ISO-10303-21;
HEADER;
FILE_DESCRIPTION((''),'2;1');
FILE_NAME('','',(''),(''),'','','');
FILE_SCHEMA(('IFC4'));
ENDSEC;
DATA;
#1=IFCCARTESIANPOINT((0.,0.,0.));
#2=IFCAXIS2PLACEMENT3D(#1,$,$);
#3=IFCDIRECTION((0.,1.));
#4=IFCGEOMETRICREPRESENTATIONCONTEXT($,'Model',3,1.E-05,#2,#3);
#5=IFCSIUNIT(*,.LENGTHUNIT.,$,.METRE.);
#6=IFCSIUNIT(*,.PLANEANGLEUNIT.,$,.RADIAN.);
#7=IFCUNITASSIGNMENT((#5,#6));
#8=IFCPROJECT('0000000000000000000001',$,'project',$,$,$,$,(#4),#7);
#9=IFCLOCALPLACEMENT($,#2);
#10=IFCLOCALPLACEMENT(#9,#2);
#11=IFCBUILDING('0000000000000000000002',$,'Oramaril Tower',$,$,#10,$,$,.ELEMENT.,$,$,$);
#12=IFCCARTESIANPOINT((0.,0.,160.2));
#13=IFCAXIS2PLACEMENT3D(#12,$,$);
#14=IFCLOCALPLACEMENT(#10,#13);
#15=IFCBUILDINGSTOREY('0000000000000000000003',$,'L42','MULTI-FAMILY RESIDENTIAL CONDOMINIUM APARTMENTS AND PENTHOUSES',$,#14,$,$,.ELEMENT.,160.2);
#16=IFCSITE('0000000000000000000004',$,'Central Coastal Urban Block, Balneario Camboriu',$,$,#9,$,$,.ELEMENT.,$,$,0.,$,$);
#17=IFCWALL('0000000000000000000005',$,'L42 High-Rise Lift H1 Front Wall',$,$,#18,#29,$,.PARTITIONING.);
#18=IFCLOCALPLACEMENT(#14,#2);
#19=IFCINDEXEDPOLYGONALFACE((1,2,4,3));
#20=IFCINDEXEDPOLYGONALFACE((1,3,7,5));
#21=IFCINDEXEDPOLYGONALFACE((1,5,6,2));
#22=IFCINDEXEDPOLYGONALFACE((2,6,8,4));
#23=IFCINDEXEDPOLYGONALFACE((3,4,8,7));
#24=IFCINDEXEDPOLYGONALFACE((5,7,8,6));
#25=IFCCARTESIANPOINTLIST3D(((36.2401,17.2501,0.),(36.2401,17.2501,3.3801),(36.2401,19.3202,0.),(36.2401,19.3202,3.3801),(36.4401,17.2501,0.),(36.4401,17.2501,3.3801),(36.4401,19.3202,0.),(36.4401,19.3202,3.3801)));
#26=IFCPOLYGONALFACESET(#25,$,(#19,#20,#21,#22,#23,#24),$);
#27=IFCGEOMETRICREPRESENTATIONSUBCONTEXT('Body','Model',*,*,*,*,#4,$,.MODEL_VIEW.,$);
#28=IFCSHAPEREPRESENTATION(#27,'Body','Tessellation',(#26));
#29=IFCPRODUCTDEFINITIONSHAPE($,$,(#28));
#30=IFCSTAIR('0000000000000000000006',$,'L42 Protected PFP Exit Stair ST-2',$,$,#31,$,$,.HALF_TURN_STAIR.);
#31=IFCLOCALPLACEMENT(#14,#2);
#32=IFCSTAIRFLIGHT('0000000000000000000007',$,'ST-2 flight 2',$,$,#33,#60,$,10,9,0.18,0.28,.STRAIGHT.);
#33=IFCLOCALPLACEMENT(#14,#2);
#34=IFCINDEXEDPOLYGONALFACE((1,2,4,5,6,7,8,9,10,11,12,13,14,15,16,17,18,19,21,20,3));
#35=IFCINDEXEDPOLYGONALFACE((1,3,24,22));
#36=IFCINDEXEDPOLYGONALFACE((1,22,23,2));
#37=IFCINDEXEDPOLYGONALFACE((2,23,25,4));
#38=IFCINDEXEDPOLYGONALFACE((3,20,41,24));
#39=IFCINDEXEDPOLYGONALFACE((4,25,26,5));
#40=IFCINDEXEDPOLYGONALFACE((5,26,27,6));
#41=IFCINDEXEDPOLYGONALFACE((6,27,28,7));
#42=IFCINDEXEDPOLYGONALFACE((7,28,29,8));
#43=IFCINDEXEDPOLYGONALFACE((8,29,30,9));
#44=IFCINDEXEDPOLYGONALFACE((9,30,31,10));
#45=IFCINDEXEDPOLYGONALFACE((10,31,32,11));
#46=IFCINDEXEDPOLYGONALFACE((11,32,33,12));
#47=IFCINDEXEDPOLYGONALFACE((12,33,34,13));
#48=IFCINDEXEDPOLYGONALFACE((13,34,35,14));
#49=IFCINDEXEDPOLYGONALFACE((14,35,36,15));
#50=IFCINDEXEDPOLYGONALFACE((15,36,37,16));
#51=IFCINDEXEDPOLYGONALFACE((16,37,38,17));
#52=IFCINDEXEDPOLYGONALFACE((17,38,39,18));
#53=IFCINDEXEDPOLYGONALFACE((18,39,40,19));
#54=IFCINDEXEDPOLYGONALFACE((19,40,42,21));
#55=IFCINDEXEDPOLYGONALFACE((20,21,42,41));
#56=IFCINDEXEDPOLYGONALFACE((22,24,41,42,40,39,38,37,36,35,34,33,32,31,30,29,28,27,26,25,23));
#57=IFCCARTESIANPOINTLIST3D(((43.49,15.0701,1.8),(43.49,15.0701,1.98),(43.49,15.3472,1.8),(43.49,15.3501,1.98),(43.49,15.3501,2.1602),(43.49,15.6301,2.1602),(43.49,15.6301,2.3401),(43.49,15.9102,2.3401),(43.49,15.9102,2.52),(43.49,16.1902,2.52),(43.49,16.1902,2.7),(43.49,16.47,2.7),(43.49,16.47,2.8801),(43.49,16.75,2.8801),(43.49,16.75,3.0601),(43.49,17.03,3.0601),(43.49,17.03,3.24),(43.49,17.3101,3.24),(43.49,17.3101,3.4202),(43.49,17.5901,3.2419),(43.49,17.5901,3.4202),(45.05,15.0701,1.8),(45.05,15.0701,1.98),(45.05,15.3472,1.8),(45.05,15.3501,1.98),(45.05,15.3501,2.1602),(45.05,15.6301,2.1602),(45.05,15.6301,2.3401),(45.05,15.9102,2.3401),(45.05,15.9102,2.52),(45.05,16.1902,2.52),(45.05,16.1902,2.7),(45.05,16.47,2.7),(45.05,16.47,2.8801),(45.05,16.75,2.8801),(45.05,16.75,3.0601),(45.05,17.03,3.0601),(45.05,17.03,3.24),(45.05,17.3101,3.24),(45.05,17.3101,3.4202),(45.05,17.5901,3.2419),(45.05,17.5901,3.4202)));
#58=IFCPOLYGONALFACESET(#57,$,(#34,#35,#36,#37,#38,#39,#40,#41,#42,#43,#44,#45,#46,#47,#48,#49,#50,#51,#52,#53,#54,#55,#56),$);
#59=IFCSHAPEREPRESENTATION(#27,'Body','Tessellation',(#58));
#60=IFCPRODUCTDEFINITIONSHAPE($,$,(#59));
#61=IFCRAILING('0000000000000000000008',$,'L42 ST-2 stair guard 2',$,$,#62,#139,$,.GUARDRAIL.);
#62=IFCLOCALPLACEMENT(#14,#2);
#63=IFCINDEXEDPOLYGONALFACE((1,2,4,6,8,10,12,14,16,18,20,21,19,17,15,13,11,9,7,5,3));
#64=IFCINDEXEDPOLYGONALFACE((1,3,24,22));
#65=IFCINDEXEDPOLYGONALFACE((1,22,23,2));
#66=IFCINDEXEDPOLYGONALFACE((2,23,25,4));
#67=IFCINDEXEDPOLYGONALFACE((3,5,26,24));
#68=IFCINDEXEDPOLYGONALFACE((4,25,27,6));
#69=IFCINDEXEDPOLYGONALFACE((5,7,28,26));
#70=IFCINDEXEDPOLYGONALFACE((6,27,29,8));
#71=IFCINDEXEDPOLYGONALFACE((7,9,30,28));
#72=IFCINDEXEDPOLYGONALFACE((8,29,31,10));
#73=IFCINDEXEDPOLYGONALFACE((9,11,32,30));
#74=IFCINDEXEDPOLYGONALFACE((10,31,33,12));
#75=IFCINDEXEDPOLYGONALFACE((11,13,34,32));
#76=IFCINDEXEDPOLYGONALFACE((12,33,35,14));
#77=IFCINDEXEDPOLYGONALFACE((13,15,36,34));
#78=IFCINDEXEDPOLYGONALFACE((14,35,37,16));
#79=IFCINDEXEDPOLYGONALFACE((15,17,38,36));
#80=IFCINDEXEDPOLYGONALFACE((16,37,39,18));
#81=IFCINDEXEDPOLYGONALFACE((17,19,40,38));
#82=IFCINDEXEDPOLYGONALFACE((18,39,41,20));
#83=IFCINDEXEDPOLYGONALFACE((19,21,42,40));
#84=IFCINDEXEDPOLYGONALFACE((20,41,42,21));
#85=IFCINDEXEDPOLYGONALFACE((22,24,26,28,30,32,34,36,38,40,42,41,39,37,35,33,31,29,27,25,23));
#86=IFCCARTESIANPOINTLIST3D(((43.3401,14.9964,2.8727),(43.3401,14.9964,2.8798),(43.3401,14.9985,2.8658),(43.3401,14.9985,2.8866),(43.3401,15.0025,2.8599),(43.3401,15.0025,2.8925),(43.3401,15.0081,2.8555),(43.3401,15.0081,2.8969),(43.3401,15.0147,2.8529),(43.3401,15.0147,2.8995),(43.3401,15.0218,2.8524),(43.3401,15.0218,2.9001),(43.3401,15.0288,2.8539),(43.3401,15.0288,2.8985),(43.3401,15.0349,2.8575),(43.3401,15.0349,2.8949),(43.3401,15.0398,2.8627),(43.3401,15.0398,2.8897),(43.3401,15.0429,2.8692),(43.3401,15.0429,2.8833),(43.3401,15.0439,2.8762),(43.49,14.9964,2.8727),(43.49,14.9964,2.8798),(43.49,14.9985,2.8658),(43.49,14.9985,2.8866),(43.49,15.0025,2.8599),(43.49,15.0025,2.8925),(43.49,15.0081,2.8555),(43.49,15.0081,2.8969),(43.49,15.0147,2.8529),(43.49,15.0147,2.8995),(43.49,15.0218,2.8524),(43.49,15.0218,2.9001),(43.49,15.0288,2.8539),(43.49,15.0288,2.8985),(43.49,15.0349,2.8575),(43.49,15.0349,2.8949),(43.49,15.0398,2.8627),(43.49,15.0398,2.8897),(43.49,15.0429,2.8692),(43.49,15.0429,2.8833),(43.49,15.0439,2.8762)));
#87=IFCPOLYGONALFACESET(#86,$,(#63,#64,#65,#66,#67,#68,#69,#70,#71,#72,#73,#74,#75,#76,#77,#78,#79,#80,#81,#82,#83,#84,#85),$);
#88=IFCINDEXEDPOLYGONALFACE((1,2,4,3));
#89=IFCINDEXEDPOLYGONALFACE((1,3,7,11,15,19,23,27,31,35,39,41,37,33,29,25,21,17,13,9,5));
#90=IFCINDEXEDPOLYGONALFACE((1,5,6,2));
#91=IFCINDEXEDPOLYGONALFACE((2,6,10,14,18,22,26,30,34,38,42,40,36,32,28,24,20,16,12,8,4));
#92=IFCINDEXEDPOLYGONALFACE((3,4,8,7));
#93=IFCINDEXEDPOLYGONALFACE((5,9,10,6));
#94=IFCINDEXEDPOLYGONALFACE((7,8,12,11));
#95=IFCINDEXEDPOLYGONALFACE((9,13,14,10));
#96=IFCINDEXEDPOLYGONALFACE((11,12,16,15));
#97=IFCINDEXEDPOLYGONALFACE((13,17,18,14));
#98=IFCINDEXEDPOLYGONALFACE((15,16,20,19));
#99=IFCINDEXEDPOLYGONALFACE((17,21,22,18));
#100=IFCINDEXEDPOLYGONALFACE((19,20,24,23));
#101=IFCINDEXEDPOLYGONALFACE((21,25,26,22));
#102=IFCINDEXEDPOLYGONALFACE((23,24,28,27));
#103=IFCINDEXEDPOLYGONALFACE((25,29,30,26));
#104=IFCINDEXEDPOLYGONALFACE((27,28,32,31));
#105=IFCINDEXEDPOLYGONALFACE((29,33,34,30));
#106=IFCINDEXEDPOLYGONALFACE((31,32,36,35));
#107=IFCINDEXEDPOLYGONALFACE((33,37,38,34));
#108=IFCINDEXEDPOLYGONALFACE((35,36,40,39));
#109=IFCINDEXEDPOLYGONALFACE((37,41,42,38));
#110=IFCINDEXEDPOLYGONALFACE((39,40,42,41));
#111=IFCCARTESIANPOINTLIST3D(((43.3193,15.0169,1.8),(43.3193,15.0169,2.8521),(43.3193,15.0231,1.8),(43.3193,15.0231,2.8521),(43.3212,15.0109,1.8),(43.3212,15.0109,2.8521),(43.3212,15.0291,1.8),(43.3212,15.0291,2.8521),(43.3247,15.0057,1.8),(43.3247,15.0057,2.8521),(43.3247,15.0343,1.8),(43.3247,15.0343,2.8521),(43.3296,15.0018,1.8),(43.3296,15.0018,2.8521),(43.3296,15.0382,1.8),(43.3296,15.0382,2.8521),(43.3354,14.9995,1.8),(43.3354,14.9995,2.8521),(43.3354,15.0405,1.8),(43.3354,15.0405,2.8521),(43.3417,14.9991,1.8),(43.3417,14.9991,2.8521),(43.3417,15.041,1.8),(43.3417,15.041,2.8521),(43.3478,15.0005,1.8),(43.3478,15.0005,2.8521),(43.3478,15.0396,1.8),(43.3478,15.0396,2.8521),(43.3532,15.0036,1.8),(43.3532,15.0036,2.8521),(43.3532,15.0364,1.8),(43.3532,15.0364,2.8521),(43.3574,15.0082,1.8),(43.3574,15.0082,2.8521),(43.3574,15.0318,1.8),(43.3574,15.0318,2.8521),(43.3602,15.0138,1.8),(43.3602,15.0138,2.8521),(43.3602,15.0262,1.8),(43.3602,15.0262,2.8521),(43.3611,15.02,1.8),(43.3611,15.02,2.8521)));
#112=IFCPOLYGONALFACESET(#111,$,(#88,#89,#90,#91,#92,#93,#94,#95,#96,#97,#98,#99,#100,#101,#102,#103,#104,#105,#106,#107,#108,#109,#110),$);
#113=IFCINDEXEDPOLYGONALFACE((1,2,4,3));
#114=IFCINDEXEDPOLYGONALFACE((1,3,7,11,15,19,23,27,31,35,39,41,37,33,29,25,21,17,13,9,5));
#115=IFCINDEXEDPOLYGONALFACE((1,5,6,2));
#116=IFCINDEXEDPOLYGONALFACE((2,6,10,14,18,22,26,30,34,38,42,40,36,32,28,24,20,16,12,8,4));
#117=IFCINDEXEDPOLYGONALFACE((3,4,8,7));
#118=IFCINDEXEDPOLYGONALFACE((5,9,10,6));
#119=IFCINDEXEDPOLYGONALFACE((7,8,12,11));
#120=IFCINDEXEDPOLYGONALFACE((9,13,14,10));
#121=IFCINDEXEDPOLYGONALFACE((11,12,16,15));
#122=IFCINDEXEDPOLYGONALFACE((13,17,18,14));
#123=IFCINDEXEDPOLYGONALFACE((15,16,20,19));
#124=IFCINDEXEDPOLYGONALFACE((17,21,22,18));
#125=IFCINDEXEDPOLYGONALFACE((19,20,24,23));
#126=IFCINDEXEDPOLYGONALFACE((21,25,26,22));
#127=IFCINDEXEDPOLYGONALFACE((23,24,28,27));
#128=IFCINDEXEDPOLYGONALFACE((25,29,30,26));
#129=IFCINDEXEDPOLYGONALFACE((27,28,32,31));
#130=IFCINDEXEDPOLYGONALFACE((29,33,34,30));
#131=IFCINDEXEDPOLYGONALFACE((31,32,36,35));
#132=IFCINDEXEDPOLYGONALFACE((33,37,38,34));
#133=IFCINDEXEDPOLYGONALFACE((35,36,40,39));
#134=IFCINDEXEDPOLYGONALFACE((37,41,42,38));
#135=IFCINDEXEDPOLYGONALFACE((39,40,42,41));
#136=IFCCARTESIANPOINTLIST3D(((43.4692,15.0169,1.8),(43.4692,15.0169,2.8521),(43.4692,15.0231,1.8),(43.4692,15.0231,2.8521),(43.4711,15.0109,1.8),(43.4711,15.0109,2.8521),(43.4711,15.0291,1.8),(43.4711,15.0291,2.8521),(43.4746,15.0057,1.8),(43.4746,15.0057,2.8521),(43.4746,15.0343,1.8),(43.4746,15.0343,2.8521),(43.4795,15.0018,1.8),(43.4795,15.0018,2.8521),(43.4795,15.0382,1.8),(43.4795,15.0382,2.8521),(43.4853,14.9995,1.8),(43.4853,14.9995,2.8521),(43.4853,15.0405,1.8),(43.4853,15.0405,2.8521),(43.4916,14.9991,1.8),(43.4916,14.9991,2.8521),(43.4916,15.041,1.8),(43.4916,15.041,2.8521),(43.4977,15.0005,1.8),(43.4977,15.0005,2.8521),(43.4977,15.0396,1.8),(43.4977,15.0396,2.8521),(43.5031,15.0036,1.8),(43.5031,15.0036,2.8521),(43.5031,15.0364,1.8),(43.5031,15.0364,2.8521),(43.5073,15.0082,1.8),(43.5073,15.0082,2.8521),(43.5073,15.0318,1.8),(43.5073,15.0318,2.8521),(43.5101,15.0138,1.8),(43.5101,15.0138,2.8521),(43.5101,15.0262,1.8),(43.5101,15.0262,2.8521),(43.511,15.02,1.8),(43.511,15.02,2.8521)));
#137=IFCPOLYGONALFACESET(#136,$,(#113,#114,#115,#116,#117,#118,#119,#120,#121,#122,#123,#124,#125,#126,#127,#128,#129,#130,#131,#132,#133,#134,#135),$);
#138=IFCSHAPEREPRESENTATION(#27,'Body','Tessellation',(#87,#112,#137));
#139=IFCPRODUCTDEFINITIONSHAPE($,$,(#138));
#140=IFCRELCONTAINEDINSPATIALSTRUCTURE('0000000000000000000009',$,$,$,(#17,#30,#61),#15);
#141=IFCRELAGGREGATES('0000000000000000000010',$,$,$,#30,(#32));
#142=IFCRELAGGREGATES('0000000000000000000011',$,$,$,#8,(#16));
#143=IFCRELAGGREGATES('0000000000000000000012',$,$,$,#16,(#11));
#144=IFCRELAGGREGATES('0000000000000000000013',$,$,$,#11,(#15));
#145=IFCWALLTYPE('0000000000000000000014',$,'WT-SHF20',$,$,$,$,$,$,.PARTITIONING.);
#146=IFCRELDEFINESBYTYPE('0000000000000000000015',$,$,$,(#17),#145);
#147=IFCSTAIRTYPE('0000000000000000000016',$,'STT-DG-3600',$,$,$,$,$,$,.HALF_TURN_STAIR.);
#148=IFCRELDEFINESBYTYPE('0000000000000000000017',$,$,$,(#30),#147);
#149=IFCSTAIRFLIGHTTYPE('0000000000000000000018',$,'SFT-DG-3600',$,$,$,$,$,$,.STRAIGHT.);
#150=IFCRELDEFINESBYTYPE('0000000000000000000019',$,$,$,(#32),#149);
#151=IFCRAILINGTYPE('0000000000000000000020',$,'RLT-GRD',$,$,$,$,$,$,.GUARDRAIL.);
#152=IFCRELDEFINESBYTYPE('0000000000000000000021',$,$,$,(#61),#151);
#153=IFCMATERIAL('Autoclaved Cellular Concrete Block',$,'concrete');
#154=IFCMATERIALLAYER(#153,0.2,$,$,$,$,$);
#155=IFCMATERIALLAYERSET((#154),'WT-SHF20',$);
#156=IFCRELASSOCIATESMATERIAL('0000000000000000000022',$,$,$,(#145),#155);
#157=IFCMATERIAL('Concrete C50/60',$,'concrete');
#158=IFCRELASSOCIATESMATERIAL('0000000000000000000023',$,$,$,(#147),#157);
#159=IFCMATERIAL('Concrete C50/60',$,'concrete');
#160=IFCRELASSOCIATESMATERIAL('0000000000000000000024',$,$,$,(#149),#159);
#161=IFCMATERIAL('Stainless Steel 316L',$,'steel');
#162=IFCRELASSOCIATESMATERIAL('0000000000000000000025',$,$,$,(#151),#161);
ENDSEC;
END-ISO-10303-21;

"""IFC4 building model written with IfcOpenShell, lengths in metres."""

from ifc_helpers import new_model, si_unit, direction, frame, frame_2d, origin, origin_2d, place, context, subcontext, project, spatial, polyline, rectangle, circle, outline, extrude, material, layer, layer_set, type_object, element, aggregate, save


model = new_model("IFC4")

# Units and contexts
model_context = context("Model", 3, precision=1e-05, world=origin(), true_north=direction((0.0, 1.0)))
body_context = subcontext(model_context, "Body", "Model", "MODEL_VIEW")
ifc_project = project(units=[si_unit("LENGTHUNIT", "METRE"), si_unit("PLANEANGLEUNIT", "RADIAN")], contexts=[model_context])

# Site, building, storey
site_placement = place(None, origin())
site = spatial("IfcSite", under=ifc_project, at=site_placement, Name="Central Coastal Urban Block, Balneario Camboriu", CompositionType="ELEMENT", RefElevation=0.0)
building_placement = place(site_placement, origin())
building = spatial("IfcBuilding", under=site, at=building_placement, Name="Oramaril Tower", CompositionType="ELEMENT")
storey_placement = place(building_placement, frame((0.0, 0.0, 160.2)))
storey = spatial("IfcBuildingStorey", under=building, at=storey_placement, Name="L42", Description="MULTI-FAMILY RESIDENTIAL CONDOMINIUM APARTMENTS AND PENTHOUSES", CompositionType="ELEMENT", Elevation=160.2)

# Wall
ifc_material_1 = material(Name="Autoclaved Cellular Concrete Block", Category="concrete")
ifc_layer_1 = layer(ifc_material_1, 0.2)
ifc_layer_set_1 = layer_set([ifc_layer_1], Name="WT-SHF20")
wall_type_1 = type_object("IfcWallType", Name="WT-SHF20", PredefinedType="PARTITIONING", material=ifc_layer_set_1)
wall_1_placement = place(storey_placement, frame((36.3401, 17.25, 0.0), z_axis=(0.0, 0.0, 1.0), x_axis=(0.0, 1.0, 0.0)))
element("IfcWall", 1, at=wall_1_placement, inside=storey, type_object=wall_type_1, Name="L42 High-Rise Lift H1 Front Wall", PredefinedType="PARTITIONING", context=body_context, shape_type="SweptSolid", body=[
    extrude(rectangle(XDim=2.0701, YDim=0.2, at=frame_2d((1.0352, 0.0))), origin(), (0.0, 0.0, 1.0), 3.3801),
])

# Stair, stair flight
ifc_material_2 = material(Name="Concrete C50/60", Category="concrete")
stair_type = type_object("IfcStairType", Name="STT-DG-3600", PredefinedType="HALF_TURN_STAIR", material=ifc_material_2)
stair_placement = place(storey_placement, origin())
stair = element("IfcStair", 2, at=stair_placement, inside=storey, type_object=stair_type, Name="L42 Protected PFP Exit Stair ST-2", PredefinedType="HALF_TURN_STAIR")
ifc_material_3 = material(Name="Concrete C50/60", Category="concrete")
stair_flight_type = type_object("IfcStairFlightType", Name="SFT-DG-3600", PredefinedType="STRAIGHT", material=ifc_material_3)
stair_flight_placement = place(storey_placement, frame((44.27, 15.0701, 1.8), z_axis=(0.0, 0.0, 1.0), x_axis=(0.0, 1.0, 0.0)))
stair_flight = element("IfcStairFlight", 3, at=stair_flight_placement, type_object=stair_flight_type, Name="ST-2 flight 2", NumberOfRisers=10, NumberOfTreads=9, PredefinedType="STRAIGHT", RiserHeight=0.18, TreadLength=0.28, context=body_context, shape_type="SweptSolid", body=[
    extrude(outline(polyline([(0.0, 0.0), (0.0, 0.1799), (0.28, 0.1799), (0.28, 0.3601), (0.5601, 0.3601), (0.5601, 0.54), (0.8401, 0.54), (0.8401, 0.72), (1.1201, 0.72), (1.1201, 0.8999), (1.3999, 0.8999), (1.3999, 1.0801), (1.6799, 1.0801), (1.6799, 1.26), (1.96, 1.26), (1.96, 1.4399), (2.24, 1.4399), (2.24, 1.6201), (2.52, 1.6201), (2.52, 1.8), (2.52, 1.4419), (0.2771, 0.0), (0.0, 0.0)])), frame((0.0, 0.78, 0.0), z_axis=(0.0, -1.0, 0.0), x_axis=(1.0, 0.0, 0.0)), (0.0, 0.0, 1.0), 1.5601),
])
aggregate(stair, [stair_flight])

# Railing
ifc_material_4 = material(Name="Stainless Steel 316L", Category="steel")
railing_type_1 = type_object("IfcRailingType", Name="RLT-GRD", PredefinedType="GUARDRAIL", material=ifc_material_4)
railing_1_placement = place(storey_placement, frame((43.3401, 15.02, 1.8)))
element("IfcRailing", 4, at=railing_1_placement, inside=storey, type_object=railing_type_1, Name="L42 ST-2 stair guard 2", PredefinedType="GUARDRAIL", context=body_context, shape_type="SweptSolid", body=[
    extrude(circle(Radius=0.0239, at=origin_2d()), frame((0.0, 0.0, 1.0762), z_axis=(1.0, 0.0, 0.0), x_axis=(0.0, 1.0, 0.0)), (0.0, 0.0, 1.0), 0.1499),
    extrude(circle(Radius=0.021, at=origin_2d()), origin(), (0.0, 0.0, 1.0), 1.052),
    extrude(circle(Radius=0.021, at=origin_2d()), frame((0.1499, 0.0, 0.0)), (0.0, 0.0, 1.0), 1.052),
])

save(model, "model.ifc")
